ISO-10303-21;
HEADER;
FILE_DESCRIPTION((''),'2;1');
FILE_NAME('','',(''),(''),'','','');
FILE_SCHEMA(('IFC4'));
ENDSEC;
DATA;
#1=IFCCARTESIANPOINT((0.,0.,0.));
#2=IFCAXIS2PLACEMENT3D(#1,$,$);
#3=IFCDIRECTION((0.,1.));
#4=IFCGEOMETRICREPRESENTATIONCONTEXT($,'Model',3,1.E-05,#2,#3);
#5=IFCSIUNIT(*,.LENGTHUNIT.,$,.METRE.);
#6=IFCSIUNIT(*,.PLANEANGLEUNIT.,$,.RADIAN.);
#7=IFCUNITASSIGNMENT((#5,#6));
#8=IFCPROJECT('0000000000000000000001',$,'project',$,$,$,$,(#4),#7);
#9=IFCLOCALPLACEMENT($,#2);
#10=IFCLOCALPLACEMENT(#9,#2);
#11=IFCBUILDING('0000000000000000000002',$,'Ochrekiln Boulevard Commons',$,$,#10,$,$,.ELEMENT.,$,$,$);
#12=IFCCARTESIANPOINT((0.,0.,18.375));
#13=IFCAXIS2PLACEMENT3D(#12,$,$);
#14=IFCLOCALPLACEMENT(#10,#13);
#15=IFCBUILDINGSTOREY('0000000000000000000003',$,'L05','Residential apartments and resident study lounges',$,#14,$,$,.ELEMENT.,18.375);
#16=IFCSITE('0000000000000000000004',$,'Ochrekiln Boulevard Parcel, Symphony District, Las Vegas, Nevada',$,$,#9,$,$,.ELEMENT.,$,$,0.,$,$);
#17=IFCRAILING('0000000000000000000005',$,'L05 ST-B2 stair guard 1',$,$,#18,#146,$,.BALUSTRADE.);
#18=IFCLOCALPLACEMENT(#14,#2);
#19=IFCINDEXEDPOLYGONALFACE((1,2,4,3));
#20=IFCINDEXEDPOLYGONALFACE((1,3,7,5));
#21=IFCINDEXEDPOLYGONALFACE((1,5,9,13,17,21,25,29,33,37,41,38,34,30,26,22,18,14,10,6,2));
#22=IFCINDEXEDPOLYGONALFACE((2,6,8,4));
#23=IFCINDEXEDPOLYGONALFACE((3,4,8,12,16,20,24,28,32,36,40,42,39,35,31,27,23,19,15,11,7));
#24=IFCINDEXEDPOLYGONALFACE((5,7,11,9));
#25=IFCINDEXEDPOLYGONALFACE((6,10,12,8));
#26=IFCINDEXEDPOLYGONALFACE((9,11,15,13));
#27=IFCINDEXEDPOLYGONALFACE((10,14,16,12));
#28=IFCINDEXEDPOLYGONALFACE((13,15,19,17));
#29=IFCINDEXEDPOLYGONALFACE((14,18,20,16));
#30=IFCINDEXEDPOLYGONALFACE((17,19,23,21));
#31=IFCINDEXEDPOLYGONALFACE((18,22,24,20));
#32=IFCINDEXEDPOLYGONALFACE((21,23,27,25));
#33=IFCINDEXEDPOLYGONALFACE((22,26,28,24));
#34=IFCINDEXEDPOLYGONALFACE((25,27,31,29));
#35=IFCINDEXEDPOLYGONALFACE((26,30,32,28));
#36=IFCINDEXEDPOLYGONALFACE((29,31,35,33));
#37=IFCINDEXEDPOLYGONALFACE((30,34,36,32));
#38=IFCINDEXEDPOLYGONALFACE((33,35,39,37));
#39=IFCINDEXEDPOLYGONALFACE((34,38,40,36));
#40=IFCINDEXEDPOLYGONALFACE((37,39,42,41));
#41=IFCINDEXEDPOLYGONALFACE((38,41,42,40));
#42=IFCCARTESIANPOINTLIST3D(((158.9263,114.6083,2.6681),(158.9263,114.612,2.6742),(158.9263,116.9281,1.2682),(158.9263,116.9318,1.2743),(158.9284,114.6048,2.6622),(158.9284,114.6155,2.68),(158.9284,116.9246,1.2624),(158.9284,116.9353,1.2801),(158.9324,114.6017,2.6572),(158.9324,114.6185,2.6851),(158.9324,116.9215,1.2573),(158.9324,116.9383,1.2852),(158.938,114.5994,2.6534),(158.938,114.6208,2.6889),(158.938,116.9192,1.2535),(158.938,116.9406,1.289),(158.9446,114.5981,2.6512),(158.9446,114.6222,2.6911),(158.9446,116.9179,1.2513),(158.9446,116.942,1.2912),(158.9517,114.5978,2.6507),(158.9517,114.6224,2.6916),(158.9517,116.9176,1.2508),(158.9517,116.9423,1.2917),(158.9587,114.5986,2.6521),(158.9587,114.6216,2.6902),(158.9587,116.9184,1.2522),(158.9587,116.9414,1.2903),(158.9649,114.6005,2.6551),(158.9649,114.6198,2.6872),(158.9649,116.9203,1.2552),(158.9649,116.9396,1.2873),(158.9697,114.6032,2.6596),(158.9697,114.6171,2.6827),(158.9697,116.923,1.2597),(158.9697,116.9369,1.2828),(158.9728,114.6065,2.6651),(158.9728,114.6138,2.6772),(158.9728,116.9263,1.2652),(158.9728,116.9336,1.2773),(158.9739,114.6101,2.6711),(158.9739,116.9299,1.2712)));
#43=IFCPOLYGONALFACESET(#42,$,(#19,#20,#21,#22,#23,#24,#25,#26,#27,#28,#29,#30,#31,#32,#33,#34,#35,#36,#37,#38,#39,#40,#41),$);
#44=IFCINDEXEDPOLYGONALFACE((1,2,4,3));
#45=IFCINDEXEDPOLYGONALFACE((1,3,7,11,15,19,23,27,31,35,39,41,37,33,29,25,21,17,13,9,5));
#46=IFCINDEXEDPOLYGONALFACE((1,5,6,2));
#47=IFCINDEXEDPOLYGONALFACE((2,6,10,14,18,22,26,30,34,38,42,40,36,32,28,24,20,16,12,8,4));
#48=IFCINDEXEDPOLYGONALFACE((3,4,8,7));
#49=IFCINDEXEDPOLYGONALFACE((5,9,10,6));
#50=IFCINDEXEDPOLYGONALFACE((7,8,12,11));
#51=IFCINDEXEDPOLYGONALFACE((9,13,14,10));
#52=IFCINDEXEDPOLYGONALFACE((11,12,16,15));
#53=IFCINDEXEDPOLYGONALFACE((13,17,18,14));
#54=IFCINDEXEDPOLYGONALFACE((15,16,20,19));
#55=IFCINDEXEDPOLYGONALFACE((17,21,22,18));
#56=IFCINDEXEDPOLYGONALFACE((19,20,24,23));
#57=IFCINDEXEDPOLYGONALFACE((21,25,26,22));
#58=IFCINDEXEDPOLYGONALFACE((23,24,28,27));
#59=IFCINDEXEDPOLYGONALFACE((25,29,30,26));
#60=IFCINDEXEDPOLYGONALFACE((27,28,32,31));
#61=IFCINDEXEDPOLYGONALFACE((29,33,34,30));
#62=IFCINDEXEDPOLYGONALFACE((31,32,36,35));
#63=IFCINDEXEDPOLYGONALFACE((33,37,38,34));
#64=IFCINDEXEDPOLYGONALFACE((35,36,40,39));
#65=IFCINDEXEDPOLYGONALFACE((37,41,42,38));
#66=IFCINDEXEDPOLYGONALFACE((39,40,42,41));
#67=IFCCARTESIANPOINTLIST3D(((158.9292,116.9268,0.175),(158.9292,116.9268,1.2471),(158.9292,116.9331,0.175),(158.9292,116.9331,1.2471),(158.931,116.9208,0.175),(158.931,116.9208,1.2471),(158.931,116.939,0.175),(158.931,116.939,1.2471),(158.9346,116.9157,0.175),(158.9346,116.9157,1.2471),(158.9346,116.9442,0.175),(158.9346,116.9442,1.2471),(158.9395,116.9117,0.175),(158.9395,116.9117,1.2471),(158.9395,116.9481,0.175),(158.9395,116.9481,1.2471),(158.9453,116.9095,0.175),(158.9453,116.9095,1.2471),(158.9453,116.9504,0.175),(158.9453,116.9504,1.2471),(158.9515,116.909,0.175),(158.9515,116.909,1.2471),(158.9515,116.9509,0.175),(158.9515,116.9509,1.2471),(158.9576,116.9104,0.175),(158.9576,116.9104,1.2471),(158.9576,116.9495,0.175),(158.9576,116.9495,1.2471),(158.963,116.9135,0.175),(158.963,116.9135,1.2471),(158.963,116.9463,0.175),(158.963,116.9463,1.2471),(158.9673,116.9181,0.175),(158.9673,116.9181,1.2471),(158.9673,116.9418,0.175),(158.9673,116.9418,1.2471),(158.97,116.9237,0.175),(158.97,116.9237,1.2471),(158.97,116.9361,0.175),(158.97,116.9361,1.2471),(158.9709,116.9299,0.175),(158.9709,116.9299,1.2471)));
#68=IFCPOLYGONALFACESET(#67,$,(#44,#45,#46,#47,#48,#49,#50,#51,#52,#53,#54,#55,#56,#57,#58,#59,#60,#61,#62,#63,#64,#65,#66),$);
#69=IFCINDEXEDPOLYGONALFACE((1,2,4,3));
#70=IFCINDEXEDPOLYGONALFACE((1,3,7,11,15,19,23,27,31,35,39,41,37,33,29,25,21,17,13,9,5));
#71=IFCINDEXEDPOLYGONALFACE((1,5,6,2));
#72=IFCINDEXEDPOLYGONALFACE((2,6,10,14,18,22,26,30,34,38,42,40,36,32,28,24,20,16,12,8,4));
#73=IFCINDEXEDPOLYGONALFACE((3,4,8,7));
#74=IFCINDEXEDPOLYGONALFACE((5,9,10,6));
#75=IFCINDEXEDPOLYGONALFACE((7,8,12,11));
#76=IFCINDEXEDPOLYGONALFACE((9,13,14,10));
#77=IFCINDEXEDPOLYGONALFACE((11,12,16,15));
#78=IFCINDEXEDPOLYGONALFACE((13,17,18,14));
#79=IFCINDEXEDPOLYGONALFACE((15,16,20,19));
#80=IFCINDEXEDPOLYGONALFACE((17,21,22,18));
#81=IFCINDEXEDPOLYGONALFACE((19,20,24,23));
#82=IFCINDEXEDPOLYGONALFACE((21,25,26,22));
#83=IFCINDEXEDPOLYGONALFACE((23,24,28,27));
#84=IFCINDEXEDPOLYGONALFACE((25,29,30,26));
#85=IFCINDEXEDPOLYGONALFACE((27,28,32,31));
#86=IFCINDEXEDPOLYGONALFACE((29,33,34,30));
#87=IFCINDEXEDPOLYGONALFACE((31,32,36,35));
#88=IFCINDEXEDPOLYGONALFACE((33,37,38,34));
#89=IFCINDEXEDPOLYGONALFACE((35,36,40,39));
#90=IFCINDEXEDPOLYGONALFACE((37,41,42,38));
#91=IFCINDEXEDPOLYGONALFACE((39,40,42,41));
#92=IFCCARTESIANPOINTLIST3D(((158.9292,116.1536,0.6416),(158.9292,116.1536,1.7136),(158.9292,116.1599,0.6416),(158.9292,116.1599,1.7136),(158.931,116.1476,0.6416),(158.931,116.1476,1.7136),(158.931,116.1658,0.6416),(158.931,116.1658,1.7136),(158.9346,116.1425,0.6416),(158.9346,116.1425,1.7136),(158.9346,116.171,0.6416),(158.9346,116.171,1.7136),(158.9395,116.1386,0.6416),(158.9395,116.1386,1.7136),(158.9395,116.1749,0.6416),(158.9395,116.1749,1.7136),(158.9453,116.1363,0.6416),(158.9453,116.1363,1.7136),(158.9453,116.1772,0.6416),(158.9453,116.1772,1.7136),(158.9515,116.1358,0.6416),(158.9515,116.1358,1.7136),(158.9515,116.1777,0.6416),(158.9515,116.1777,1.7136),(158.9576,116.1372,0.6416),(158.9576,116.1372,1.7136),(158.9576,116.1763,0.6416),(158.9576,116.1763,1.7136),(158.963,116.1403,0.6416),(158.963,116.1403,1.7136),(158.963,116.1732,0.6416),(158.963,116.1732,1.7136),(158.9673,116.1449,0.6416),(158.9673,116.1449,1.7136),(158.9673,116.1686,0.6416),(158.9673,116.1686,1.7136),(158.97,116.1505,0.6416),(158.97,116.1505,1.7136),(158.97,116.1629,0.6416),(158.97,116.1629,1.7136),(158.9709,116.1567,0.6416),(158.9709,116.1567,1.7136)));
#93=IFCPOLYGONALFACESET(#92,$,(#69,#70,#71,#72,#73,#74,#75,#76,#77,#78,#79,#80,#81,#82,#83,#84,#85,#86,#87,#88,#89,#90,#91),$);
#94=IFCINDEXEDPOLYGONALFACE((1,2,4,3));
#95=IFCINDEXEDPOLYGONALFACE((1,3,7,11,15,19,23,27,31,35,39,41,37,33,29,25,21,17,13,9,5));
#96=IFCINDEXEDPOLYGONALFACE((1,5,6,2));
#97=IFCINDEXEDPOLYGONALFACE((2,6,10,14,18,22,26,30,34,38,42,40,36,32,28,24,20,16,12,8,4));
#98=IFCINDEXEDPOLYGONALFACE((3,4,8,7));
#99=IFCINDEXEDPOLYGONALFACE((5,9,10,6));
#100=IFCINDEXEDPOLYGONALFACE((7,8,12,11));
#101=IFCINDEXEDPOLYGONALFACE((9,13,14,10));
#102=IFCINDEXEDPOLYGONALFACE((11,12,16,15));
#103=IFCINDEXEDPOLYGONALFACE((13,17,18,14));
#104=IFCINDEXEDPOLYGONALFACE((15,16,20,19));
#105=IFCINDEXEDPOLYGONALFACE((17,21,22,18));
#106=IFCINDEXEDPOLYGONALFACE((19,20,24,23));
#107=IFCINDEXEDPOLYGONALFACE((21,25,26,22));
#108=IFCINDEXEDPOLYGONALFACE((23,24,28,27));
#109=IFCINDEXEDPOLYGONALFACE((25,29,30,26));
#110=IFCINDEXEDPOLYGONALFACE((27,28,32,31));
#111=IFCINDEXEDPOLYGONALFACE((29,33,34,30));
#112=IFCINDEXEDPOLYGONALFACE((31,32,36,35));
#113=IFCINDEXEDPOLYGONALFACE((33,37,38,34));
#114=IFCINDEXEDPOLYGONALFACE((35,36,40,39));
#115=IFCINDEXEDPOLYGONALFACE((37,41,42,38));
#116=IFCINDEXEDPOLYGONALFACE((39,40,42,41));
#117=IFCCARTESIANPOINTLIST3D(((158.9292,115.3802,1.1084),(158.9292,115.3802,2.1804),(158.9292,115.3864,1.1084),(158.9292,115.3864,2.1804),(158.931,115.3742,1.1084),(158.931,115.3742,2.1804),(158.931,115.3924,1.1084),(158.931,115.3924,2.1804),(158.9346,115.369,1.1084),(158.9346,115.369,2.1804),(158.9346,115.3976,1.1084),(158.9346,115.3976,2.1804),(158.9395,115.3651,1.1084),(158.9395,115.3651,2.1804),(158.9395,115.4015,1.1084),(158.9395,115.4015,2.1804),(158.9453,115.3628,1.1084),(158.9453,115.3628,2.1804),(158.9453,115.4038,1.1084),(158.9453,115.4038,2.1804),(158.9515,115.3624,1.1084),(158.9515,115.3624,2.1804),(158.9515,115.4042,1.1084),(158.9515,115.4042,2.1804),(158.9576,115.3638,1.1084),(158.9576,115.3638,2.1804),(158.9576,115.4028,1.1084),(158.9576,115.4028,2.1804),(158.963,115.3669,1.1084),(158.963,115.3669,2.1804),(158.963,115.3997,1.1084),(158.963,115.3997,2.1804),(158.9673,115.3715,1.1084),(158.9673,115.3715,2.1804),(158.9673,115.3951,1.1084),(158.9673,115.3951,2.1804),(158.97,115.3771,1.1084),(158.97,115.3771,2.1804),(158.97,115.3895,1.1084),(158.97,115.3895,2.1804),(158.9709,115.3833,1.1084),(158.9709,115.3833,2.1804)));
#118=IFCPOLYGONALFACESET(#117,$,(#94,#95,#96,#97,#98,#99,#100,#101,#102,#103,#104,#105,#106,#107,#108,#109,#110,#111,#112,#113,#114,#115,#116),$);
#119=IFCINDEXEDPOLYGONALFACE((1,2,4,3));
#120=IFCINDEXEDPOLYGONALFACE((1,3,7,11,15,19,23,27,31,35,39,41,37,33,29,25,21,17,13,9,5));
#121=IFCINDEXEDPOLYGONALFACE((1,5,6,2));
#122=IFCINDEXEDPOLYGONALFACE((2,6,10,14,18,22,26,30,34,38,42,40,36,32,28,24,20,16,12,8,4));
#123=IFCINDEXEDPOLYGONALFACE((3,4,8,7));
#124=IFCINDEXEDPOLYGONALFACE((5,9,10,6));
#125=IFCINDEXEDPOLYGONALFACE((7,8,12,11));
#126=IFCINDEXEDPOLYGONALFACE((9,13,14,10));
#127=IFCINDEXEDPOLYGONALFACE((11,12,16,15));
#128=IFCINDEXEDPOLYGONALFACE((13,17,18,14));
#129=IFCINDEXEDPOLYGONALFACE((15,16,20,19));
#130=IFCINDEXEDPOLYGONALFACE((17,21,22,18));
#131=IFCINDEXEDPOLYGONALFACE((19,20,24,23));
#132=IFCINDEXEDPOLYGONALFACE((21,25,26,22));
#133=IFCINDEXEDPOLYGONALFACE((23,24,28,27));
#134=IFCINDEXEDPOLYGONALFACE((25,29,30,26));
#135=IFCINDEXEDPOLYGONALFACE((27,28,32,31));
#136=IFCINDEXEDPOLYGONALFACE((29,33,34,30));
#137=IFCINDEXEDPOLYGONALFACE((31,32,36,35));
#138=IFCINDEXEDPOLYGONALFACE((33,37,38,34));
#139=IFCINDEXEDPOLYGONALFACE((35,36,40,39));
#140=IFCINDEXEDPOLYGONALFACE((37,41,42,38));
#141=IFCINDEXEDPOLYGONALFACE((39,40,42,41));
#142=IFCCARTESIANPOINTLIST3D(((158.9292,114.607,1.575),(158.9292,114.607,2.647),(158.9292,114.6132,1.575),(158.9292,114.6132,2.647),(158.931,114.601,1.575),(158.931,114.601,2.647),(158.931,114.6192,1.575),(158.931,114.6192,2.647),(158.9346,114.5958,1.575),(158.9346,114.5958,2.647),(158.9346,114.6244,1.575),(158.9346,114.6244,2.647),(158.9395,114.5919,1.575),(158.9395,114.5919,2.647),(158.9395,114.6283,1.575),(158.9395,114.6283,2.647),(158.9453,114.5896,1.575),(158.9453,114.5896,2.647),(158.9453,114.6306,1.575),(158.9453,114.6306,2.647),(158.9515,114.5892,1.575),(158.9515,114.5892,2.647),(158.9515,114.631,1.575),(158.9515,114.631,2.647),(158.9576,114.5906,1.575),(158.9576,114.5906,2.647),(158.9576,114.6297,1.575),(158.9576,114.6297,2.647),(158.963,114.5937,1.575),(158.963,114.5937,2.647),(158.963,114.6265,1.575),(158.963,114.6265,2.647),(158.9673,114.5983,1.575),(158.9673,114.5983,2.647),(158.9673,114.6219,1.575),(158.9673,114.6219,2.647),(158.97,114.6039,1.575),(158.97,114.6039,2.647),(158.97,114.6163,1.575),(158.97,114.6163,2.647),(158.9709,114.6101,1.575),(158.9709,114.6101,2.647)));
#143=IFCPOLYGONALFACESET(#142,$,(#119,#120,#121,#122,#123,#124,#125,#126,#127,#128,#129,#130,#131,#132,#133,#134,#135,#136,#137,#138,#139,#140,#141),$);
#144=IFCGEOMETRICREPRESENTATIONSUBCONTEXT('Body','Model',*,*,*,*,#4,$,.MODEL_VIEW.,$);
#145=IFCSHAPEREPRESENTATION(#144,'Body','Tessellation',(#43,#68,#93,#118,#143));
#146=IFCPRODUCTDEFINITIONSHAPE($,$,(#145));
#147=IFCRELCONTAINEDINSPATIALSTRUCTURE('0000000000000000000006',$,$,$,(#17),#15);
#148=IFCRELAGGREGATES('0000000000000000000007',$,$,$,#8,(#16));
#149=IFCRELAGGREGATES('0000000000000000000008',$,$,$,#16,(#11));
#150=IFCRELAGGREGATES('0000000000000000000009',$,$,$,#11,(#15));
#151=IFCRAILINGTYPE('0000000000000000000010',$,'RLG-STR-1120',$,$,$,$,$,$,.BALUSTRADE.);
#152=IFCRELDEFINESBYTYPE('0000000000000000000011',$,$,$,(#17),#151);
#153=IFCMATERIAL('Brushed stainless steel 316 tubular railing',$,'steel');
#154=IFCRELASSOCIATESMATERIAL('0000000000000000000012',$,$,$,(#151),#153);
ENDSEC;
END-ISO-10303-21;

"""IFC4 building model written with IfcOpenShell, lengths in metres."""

from ifc_helpers import new_model, si_unit, direction, frame, origin, origin_2d, place, context, subcontext, project, spatial, circle, extrude, material, type_object, element, save


model = new_model("IFC4")

# Units and contexts
model_context = context("Model", 3, precision=1e-05, world=origin(), true_north=direction((0.0, 1.0)))
body_context = subcontext(model_context, "Body", "Model", "MODEL_VIEW")
ifc_project = project(units=[si_unit("LENGTHUNIT", "METRE"), si_unit("PLANEANGLEUNIT", "RADIAN")], contexts=[model_context])

# Site, building, storey
site_placement = place(None, origin())
site = spatial("IfcSite", under=ifc_project, at=site_placement, Name="Ochrekiln Boulevard Parcel, Symphony District, Las Vegas, Nevada", CompositionType="ELEMENT", RefElevation=0.0)
building_placement = place(site_placement, origin())
building = spatial("IfcBuilding", under=site, at=building_placement, Name="Ochrekiln Boulevard Commons", CompositionType="ELEMENT")
storey_placement = place(building_placement, frame((0.0, 0.0, 18.375)))
storey = spatial("IfcBuildingStorey", under=building, at=storey_placement, Name="L05", Description="Residential apartments and resident study lounges", CompositionType="ELEMENT", Elevation=18.375)

# Railing
ifc_material_1 = material(Name="Brushed stainless steel 316 tubular railing", Category="steel")
railing_type_1 = type_object("IfcRailingType", Name="RLG-STR-1120", PredefinedType="BALUSTRADE", material=ifc_material_1)
railing_1_placement = place(storey_placement, frame((158.95, 116.9299, 0.175)))
element("IfcRailing", 1, at=railing_1_placement, inside=storey, type_object=railing_type_1, Name="L05 ST-B2 stair guard 1", PredefinedType="BALUSTRADE", context=body_context, shape_type="SweptSolid", body=[
    extrude(circle(Radius=0.0239, at=origin_2d()), frame((0.0, 0.0, 1.0962), z_axis=(0.0, -0.856186, 0.516667), x_axis=(1.0, 0.0, 0.0)), (0.0, 0.0, 1.0), 2.7095),
    extrude(circle(Radius=0.021, at=origin_2d()), origin(), (0.0, 0.0, 1.0), 1.072),
    extrude(circle(Radius=0.021, at=origin_2d()), frame((0.0, -0.7732, 0.4666)), (0.0, 0.0, 1.0), 1.072),
    extrude(circle(Radius=0.021, at=origin_2d()), frame((0.0, -1.5466, 0.9333)), (0.0, 0.0, 1.0), 1.072),
    extrude(circle(Radius=0.021, at=origin_2d()), frame((0.0, -2.3198, 1.3999)), (0.0, 0.0, 1.0), 1.072),
])

save(model, "model.ifc")
